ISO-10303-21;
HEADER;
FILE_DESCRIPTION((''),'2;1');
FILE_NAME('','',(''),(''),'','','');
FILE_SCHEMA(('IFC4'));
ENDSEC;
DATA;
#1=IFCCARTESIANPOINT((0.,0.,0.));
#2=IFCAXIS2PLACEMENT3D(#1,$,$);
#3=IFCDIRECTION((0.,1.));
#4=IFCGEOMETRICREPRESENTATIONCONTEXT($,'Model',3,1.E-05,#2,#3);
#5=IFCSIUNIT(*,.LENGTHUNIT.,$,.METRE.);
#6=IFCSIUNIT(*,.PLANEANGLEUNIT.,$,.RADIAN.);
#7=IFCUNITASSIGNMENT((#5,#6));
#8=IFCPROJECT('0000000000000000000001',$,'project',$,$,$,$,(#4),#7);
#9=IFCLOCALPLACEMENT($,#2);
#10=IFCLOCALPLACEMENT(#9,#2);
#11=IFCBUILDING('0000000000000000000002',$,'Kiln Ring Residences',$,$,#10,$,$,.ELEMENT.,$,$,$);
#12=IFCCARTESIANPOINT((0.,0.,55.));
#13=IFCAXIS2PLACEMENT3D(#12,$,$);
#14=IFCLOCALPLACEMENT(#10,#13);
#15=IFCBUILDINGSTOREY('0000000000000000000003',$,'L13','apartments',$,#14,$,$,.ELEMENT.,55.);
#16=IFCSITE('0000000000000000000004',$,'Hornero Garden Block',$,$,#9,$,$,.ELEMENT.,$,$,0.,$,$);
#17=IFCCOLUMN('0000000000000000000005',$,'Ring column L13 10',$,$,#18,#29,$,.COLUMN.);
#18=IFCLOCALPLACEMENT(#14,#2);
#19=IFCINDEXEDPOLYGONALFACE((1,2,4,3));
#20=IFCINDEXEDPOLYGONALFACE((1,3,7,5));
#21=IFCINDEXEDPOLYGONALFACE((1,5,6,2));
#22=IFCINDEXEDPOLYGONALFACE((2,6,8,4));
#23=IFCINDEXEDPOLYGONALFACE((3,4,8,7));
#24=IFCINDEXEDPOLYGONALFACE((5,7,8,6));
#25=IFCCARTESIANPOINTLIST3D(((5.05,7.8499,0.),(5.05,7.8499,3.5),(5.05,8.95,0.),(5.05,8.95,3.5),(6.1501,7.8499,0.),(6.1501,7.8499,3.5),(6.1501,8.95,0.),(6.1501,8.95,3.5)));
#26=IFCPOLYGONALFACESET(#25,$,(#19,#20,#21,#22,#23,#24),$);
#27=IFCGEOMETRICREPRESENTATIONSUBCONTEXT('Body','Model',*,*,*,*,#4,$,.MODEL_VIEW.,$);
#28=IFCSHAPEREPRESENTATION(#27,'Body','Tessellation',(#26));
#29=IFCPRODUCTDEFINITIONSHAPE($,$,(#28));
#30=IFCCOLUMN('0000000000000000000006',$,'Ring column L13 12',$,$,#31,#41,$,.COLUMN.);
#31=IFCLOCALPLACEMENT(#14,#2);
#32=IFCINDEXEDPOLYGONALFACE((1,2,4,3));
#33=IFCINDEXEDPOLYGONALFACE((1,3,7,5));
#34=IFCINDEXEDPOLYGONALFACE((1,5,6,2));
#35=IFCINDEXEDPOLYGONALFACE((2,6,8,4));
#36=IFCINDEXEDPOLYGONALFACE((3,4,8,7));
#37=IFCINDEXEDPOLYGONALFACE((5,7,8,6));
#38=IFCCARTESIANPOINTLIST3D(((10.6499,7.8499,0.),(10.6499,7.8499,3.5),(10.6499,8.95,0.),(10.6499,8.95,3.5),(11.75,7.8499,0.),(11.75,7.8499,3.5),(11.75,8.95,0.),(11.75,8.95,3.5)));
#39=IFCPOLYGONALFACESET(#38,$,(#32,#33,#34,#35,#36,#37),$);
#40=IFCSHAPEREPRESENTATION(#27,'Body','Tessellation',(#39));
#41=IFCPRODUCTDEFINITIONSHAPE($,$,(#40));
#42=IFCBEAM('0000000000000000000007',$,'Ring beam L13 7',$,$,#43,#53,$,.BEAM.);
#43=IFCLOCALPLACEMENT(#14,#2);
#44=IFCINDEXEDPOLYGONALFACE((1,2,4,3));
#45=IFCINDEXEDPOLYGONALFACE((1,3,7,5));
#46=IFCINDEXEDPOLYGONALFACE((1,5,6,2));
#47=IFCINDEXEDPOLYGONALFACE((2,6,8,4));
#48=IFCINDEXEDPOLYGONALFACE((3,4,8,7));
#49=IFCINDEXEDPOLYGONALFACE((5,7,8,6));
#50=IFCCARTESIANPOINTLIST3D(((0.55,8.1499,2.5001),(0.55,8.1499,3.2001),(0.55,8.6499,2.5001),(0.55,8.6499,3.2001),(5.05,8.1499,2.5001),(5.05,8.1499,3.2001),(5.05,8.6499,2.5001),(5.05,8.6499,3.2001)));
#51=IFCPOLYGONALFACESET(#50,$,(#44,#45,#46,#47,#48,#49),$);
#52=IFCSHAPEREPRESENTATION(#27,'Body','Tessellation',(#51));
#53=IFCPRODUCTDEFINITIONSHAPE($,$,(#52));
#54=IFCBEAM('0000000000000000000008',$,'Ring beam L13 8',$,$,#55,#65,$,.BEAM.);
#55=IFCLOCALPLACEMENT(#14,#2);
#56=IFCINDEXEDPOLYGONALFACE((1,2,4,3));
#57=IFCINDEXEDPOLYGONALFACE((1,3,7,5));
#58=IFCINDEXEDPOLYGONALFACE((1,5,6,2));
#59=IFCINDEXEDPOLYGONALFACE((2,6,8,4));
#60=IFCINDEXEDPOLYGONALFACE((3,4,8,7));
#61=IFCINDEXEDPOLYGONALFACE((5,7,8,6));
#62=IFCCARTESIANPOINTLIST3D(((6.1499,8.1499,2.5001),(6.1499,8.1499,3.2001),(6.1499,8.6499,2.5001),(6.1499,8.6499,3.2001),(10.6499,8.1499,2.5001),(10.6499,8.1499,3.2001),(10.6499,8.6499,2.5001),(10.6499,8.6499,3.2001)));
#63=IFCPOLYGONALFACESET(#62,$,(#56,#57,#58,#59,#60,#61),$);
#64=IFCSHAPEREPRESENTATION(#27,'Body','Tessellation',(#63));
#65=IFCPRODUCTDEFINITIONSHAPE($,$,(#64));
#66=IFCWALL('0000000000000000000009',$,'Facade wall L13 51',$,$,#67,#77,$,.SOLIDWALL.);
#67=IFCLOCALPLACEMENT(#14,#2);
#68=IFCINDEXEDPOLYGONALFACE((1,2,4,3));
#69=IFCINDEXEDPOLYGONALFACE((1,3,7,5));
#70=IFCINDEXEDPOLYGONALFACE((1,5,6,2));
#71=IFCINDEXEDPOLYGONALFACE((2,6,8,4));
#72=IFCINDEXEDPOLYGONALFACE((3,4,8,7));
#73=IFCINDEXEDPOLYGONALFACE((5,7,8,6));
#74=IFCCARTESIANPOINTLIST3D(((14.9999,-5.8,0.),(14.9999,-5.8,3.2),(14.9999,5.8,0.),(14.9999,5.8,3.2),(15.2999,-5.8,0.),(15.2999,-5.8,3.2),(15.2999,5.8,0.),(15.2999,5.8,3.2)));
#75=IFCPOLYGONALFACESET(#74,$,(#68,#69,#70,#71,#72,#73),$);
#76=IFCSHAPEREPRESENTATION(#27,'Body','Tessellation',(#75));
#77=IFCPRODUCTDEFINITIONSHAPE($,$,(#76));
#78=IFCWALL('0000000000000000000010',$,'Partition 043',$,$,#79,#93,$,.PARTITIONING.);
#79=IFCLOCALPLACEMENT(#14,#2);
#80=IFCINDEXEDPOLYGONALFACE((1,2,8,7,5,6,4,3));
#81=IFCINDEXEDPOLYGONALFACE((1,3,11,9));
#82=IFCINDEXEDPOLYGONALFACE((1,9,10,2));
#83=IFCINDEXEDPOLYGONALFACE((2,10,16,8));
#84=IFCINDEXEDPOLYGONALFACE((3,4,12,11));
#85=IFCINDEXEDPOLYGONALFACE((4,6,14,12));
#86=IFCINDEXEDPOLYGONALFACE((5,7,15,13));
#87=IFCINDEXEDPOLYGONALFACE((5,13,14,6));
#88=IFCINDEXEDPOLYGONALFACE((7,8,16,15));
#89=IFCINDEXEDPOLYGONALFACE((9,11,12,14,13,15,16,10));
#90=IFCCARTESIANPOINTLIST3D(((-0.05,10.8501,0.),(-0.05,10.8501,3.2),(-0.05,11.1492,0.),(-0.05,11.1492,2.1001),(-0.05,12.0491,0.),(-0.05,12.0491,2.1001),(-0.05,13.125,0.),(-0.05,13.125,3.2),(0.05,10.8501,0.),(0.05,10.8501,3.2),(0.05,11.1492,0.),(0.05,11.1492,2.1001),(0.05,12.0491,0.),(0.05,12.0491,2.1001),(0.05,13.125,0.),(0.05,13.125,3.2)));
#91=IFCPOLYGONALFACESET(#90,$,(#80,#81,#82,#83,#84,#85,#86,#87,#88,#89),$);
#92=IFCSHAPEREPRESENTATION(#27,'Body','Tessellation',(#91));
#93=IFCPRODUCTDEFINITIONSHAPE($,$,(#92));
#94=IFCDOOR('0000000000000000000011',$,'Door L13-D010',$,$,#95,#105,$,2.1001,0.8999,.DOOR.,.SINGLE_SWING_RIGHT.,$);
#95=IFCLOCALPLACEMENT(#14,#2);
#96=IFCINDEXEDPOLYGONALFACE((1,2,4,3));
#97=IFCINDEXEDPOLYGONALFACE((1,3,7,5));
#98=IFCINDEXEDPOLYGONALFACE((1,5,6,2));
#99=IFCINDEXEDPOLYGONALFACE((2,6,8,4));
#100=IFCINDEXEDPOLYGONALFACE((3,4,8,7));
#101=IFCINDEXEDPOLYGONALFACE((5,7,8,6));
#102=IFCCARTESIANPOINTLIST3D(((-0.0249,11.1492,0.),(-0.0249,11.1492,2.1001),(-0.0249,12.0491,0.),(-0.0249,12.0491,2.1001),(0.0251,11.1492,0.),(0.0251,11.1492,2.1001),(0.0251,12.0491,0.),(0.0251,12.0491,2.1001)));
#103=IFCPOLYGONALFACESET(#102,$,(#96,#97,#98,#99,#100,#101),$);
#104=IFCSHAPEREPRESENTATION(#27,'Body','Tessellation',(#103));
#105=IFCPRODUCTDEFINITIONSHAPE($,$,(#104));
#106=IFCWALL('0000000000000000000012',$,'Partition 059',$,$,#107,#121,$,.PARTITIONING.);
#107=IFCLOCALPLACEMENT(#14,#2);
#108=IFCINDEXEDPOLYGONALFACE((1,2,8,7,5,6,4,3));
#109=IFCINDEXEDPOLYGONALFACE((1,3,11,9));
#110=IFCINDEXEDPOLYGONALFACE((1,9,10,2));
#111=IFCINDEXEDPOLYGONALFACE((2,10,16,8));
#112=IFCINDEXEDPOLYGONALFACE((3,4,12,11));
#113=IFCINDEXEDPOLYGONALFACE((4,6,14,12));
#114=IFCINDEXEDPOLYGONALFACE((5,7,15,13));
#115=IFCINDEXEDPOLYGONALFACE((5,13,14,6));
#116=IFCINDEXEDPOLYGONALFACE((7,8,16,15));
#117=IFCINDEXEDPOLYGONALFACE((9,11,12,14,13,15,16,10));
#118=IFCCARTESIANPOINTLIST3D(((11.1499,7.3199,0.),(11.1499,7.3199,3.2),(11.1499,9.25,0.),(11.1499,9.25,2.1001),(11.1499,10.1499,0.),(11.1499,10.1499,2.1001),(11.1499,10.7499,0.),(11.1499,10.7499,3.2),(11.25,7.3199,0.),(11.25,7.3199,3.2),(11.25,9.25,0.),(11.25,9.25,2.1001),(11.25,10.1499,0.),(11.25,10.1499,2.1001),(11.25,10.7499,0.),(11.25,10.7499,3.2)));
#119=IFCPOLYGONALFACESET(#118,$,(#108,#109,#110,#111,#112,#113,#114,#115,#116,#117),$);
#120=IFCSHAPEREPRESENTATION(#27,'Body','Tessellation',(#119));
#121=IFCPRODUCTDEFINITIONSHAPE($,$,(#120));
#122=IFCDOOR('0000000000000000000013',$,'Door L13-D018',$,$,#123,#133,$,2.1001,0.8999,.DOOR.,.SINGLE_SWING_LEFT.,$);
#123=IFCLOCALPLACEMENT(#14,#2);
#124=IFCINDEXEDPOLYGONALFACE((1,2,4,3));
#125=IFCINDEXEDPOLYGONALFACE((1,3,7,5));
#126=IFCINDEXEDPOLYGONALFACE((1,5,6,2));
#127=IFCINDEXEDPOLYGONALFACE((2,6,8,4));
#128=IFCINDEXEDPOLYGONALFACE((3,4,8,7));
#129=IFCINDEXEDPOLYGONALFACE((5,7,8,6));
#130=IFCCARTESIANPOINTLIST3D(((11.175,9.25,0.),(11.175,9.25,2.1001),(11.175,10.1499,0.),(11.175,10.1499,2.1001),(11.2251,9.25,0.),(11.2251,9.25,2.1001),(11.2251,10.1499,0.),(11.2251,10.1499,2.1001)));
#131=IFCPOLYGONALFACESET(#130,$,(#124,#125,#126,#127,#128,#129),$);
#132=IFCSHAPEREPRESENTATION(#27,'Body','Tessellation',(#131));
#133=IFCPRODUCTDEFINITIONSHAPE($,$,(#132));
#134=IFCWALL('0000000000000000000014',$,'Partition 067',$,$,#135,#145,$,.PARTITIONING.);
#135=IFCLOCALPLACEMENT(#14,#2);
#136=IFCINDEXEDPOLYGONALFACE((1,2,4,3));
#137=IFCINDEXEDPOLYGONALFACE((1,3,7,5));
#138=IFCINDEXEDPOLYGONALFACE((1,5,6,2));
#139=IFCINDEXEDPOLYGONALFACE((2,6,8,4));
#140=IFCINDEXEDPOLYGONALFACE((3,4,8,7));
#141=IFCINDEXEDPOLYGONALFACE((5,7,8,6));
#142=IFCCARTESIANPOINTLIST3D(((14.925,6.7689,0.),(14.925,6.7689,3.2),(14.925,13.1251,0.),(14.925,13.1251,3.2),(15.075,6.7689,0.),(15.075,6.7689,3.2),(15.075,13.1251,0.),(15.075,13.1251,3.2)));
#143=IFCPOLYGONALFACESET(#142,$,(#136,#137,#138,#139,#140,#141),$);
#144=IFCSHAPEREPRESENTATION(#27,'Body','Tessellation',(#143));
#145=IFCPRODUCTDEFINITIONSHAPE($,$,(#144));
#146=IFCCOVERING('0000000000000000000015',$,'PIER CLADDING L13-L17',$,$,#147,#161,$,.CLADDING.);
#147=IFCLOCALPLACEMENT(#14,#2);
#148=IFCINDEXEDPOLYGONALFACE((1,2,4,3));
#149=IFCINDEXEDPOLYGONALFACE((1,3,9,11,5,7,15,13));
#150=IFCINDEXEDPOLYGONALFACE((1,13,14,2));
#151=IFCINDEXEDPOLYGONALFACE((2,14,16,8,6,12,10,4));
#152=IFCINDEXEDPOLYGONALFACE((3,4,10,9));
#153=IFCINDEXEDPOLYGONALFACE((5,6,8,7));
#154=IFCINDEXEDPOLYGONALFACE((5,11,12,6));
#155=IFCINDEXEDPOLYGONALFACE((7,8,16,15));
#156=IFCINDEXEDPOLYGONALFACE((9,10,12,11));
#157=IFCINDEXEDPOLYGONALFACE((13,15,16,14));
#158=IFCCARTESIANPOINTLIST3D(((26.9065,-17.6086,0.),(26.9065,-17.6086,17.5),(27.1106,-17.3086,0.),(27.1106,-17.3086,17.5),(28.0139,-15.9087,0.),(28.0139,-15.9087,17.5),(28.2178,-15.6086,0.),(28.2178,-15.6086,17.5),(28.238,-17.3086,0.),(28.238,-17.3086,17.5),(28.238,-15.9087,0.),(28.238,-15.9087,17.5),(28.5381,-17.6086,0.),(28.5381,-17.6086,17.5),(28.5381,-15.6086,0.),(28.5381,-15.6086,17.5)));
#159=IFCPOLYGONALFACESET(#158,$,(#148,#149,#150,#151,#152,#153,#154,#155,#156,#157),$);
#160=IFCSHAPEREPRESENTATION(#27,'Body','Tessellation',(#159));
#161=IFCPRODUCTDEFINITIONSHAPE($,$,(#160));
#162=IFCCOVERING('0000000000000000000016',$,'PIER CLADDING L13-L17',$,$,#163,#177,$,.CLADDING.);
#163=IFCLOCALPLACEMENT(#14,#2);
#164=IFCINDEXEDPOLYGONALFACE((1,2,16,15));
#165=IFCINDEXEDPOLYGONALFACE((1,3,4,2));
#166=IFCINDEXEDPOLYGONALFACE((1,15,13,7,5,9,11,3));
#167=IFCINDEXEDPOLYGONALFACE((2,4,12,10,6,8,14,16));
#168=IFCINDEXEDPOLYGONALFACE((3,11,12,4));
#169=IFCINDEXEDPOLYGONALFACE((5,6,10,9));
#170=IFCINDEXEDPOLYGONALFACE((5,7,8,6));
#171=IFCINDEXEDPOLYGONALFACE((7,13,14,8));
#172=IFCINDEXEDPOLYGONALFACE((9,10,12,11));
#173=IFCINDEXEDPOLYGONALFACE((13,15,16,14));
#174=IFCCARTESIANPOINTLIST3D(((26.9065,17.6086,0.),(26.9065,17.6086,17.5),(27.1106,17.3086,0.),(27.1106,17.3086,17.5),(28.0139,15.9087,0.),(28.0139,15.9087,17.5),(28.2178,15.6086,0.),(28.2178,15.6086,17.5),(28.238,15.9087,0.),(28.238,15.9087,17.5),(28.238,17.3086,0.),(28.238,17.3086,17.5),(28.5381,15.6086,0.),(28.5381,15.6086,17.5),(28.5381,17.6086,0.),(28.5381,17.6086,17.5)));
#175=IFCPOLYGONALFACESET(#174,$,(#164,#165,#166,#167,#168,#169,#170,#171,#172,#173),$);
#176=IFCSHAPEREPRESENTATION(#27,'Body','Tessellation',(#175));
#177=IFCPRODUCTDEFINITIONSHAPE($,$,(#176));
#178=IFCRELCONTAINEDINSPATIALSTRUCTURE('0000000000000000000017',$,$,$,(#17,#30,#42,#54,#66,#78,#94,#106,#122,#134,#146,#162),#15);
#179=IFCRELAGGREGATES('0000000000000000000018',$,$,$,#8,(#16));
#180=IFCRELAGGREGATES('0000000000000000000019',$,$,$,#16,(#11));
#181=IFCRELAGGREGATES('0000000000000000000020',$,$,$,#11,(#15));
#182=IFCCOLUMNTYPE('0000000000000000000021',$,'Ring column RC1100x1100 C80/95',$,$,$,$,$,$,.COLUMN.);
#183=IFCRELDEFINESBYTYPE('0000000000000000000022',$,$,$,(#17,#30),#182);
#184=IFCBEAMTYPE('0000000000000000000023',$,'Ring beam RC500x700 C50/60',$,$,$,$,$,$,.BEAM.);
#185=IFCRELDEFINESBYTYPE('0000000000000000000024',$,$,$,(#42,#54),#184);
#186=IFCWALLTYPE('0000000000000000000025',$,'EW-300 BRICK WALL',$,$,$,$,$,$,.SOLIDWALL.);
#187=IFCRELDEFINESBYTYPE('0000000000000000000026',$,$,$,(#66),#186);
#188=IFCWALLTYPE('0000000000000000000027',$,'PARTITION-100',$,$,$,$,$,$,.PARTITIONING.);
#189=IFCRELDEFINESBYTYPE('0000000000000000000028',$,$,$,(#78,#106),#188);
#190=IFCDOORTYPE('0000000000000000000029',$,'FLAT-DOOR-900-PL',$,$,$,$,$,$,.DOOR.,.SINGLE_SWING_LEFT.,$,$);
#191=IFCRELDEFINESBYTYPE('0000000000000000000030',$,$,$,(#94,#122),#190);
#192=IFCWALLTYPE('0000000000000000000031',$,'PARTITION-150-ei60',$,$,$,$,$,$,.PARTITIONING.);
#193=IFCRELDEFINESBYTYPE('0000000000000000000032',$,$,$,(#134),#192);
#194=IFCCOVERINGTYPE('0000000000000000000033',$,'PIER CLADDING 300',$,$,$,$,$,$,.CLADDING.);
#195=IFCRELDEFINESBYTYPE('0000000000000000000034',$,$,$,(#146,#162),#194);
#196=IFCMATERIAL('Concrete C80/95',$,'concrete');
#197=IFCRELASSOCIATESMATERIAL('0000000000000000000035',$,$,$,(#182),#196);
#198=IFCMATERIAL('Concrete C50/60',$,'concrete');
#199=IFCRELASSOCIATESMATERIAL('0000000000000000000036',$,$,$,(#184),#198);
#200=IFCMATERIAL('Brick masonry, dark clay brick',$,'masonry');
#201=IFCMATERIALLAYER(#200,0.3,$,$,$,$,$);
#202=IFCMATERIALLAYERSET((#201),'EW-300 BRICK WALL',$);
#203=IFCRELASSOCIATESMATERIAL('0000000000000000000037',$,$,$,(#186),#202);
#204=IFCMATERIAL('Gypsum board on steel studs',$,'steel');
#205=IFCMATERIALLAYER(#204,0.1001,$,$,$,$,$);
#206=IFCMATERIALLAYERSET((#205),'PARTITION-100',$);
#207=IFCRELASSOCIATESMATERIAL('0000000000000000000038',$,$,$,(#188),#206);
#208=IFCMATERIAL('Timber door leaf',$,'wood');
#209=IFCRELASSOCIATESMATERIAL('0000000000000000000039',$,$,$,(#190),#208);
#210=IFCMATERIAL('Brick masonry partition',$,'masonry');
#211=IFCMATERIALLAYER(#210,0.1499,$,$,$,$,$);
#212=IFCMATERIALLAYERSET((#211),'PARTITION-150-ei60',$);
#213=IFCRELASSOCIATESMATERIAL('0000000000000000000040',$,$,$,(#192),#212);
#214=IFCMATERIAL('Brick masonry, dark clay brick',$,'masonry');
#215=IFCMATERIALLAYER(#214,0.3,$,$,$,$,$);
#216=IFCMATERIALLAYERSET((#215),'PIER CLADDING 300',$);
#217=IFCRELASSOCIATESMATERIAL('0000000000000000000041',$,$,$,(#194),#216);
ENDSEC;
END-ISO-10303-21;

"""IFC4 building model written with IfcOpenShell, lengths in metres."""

from ifc_helpers import new_model, si_unit, direction, frame, frame_2d, origin, origin_2d, place, context, subcontext, project, spatial, polyline, rectangle, outline, extrude, material, layer, layer_set, material_profile, profile_set, type_object, element, fill, save


model = new_model("IFC4")

# Units and contexts
model_context = context("Model", 3, precision=1e-05, world=origin(), true_north=direction((0.0, 1.0)))
body_context = subcontext(model_context, "Body", "Model", "MODEL_VIEW")
ifc_project = project(units=[si_unit("LENGTHUNIT", "METRE"), si_unit("PLANEANGLEUNIT", "RADIAN")], contexts=[model_context])

# Site, building, storey
site_placement = place(None, origin())
site = spatial("IfcSite", under=ifc_project, at=site_placement, Name="Hornero Garden Block", CompositionType="ELEMENT", RefElevation=0.0)
building_placement = place(site_placement, origin())
building = spatial("IfcBuilding", under=site, at=building_placement, Name="Kiln Ring Residences", CompositionType="ELEMENT")
storey_placement = place(building_placement, frame((0.0, 0.0, 55.0)))
storey = spatial("IfcBuildingStorey", under=building, at=storey_placement, Name="L13", Description="apartments", CompositionType="ELEMENT", Elevation=55.0)

# Columns
ifc_material_1 = material(Name="Concrete C80/95", Category="concrete")
ifc_material_profile_1 = material_profile(ifc_material_1, rectangle(XDim=1.1001, YDim=1.1001, at=origin_2d()), Name="RC1100x1100")
ifc_profile_set_1 = profile_set([ifc_material_profile_1], Name="Concrete C80/95")
column_type = type_object("IfcColumnType", Name="Ring column RC1100x1100 C80/95", PredefinedType="COLUMN", material=ifc_profile_set_1)
for number, where, z_axis, x_axis, name in (
    (1, (5.6001, 8.3999, 0.0), (0.0, 0.0, 1.0), (1.0, 0.0, 0.0), "Ring column L13 10"),
    (2, (11.2, 8.3999, 0.0), (0.0, 0.0, 1.0), (1.0, 0.0, 0.0), "Ring column L13 12"),
):
    element("IfcColumn", number, at=place(storey_placement, frame(where, z_axis=z_axis, x_axis=x_axis)), inside=storey, type_object=column_type, Name=name, PredefinedType="COLUMN", context=body_context, shape_type="SweptSolid", body=[
        extrude(rectangle(XDim=1.1001, YDim=1.1001, at=origin_2d()), origin(), (0.0, 0.0, 1.0), 3.5),
    ])

# Beams
ifc_material_2 = material(Name="Concrete C50/60", Category="concrete")
ifc_material_profile_2 = material_profile(ifc_material_2, rectangle(XDim=0.5, YDim=0.7, at=origin_2d()), Name="RC500x700")
ifc_profile_set_2 = profile_set([ifc_material_profile_2], Name="Concrete C50/60")
beam_type = type_object("IfcBeamType", Name="Ring beam RC500x700 C50/60", PredefinedType="BEAM", material=ifc_profile_set_2)
for number, where, z_axis, x_axis, name in (
    (3, (0.55, 8.3999, 2.8501), (1.0, 0.0, 0.0), (0.0, 1.0, 0.0), "Ring beam L13 7"),
    (4, (6.1499, 8.3999, 2.8501), (1.0, 0.0, 0.0), (0.0, 1.0, 0.0), "Ring beam L13 8"),
):
    element("IfcBeam", number, at=place(storey_placement, frame(where, z_axis=z_axis, x_axis=x_axis)), inside=storey, type_object=beam_type, Name=name, PredefinedType="BEAM", context=body_context, shape_type="SweptSolid", body=[
        extrude(rectangle(XDim=0.5, YDim=0.7, at=origin_2d()), origin(), (0.0, 0.0, 1.0), 4.5),
    ])

# Wall
ifc_material_3 = material(Name="Brick masonry, dark clay brick", Category="masonry")
ifc_layer_1 = layer(ifc_material_3, 0.3)
ifc_layer_set_1 = layer_set([ifc_layer_1], Name="EW-300 BRICK WALL")
wall_type_1 = type_object("IfcWallType", Name="EW-300 BRICK WALL", PredefinedType="SOLIDWALL", material=ifc_layer_set_1)
wall_1_placement = place(storey_placement, frame((15.1499, 5.8, 0.0), z_axis=(0.0, 0.0, 1.0), x_axis=(0.0, -1.0, 0.0)))
element("IfcWall", 5, at=wall_1_placement, inside=storey, type_object=wall_type_1, Name="Facade wall L13 51", PredefinedType="SOLIDWALL", context=body_context, shape_type="SweptSolid", body=[
    extrude(rectangle(XDim=11.6001, YDim=0.3, at=frame_2d((5.8, 0.0))), origin(), (0.0, 0.0, 1.0), 3.2),
])
ifc_material_4 = material(Name="Gypsum board on steel studs", Category="steel")
ifc_layer_2 = layer(ifc_material_4, 0.1001)
ifc_layer_set_2 = layer_set([ifc_layer_2], Name="PARTITION-100")
wall_type_2 = type_object("IfcWallType", Name="PARTITION-100", PredefinedType="PARTITIONING", material=ifc_layer_set_2)

# Wall, opening, door
wall_2_placement = place(storey_placement, frame((0.0, 10.8501, 0.0), z_axis=(0.0, 0.0, 1.0), x_axis=(0.0, 1.0, 0.0)))
wall_2 = element("IfcWall", 6, at=wall_2_placement, inside=storey, type_object=wall_type_2, Name="Partition 043", PredefinedType="PARTITIONING", context=body_context, shape_type="SweptSolid", body=[
    extrude(rectangle(XDim=2.2749, YDim=0.1001, at=frame_2d((1.1375, 0.0))), origin(), (0.0, 0.0, 1.0), 3.2),
])
opening_1_placement = place(wall_2_placement, frame((0.2991, 0.0, 0.0)))
opening_1 = element("IfcOpeningElement", 7, at=opening_1_placement, cuts=wall_2, PredefinedType="OPENING", context=body_context, shape_type="SweptSolid", body=[
    extrude(rectangle(XDim=0.8999, YDim=2.1001, at=frame_2d((0.45, 1.05))), frame((0.0, 0.0601, 0.0), z_axis=(0.0, -1.0, 0.0), x_axis=(1.0, 0.0, 0.0)), (0.0, 0.0, 1.0), 0.1201),
])
ifc_material_5 = material(Name="Timber door leaf", Category="wood")
door_type = type_object("IfcDoorType", Name="FLAT-DOOR-900-PL", OperationType="SINGLE_SWING_LEFT", PredefinedType="DOOR", material=ifc_material_5)
door_1_placement = place(opening_1_placement, origin())
door_1 = element("IfcDoor", 8, at=door_1_placement, inside=storey, type_object=door_type, Name="Door L13-D010", OperationType="SINGLE_SWING_RIGHT", OverallHeight=2.1001, OverallWidth=0.8999, PredefinedType="DOOR", context=body_context, shape_type="SweptSolid", body=[
    extrude(rectangle(XDim=0.8999, YDim=2.1001, at=frame_2d((0.45, 1.05))), frame((0.0, 0.0249, 0.0), z_axis=(0.0, -1.0, 0.0), x_axis=(1.0, 0.0, 0.0)), (0.0, 0.0, 1.0), 0.05),
])
fill(opening_1, door_1)

# Wall, opening, door
wall_3_placement = place(storey_placement, frame((11.2, 7.3201, 0.0), z_axis=(0.0, 0.0, 1.0), x_axis=(0.0, 1.0, 0.0)))
wall_3 = element("IfcWall", 9, at=wall_3_placement, inside=storey, type_object=wall_type_2, Name="Partition 059", PredefinedType="PARTITIONING", context=body_context, shape_type="SweptSolid", body=[
    extrude(rectangle(XDim=3.4299, YDim=0.1001, at=frame_2d((1.7148, 0.0))), origin(), (0.0, 0.0, 1.0), 3.2),
])
opening_2_placement = place(wall_3_placement, frame((1.9299, 0.0, 0.0)))
opening_2 = element("IfcOpeningElement", 10, at=opening_2_placement, cuts=wall_3, PredefinedType="OPENING", context=body_context, shape_type="SweptSolid", body=[
    extrude(rectangle(XDim=0.8999, YDim=2.1001, at=frame_2d((0.45, 1.05))), frame((0.0, 0.0601, 0.0), z_axis=(0.0, -1.0, 0.0), x_axis=(1.0, 0.0, 0.0)), (0.0, 0.0, 1.0), 0.1201),
])
door_2_placement = place(opening_2_placement, origin())
door_2 = element("IfcDoor", 11, at=door_2_placement, inside=storey, type_object=door_type, Name="Door L13-D018", OperationType="SINGLE_SWING_LEFT", OverallHeight=2.1001, OverallWidth=0.8999, PredefinedType="DOOR", context=body_context, shape_type="SweptSolid", body=[
    extrude(rectangle(XDim=0.8999, YDim=2.1001, at=frame_2d((0.45, 1.05))), frame((0.0, 0.0249, 0.0), z_axis=(0.0, -1.0, 0.0), x_axis=(1.0, 0.0, 0.0)), (0.0, 0.0, 1.0), 0.05),
])
fill(opening_2, door_2)

# Wall
ifc_material_6 = material(Name="Brick masonry partition", Category="masonry")
ifc_layer_3 = layer(ifc_material_6, 0.1499)
ifc_layer_set_3 = layer_set([ifc_layer_3], Name="PARTITION-150-ei60")
wall_type_3 = type_object("IfcWallType", Name="PARTITION-150-ei60", PredefinedType="PARTITIONING", material=ifc_layer_set_3)
wall_4_placement = place(storey_placement, frame((15.0, 6.7688, 0.0), z_axis=(0.0, 0.0, 1.0), x_axis=(0.0, 1.0, 0.0)))
element("IfcWall", 12, at=wall_4_placement, inside=storey, type_object=wall_type_3, Name="Partition 067", PredefinedType="PARTITIONING", context=body_context, shape_type="SweptSolid", body=[
    extrude(rectangle(XDim=6.3562, YDim=0.1499, at=frame_2d((3.1782, 0.0))), origin(), (0.0, 0.0, 1.0), 3.2),
])

# Coverings
ifc_material_7 = material(Name="Brick masonry, dark clay brick", Category="masonry")
ifc_layer_4 = layer(ifc_material_7, 0.3)
ifc_layer_set_4 = layer_set([ifc_layer_4], Name="PIER CLADDING 300")
covering_type_1 = type_object("IfcCoveringType", Name="PIER CLADDING 300", PredefinedType="CLADDING", material=ifc_layer_set_4)
placement = place(storey_placement, origin())
element("IfcCovering", 13, at=placement, inside=storey, type_object=covering_type_1, Name="PIER CLADDING L13-L17", PredefinedType="CLADDING", context=body_context, shape_type="SweptSolid", body=[
    extrude(outline(polyline([(28.5381, -17.6086), (28.5381, -15.6086), (28.2178, -15.6086), (28.0139, -15.9087), (28.238, -15.9087), (28.238, -17.3086), (27.1106, -17.3086), (26.9065, -17.6086), (28.5381, -17.6086)])), origin(), (0.0, 0.0, 1.0), 17.5),
])
element("IfcCovering", 14, at=placement, inside=storey, type_object=covering_type_1, Name="PIER CLADDING L13-L17", PredefinedType="CLADDING", context=body_context, shape_type="SweptSolid", body=[
    extrude(outline(polyline([(28.5381, 15.6086), (28.5381, 17.6086), (26.9065, 17.6086), (27.1106, 17.3086), (28.238, 17.3086), (28.238, 15.9087), (28.0139, 15.9087), (28.2178, 15.6086), (28.5381, 15.6086)])), origin(), (0.0, 0.0, 1.0), 17.5),
])

save(model, "model.ifc")
